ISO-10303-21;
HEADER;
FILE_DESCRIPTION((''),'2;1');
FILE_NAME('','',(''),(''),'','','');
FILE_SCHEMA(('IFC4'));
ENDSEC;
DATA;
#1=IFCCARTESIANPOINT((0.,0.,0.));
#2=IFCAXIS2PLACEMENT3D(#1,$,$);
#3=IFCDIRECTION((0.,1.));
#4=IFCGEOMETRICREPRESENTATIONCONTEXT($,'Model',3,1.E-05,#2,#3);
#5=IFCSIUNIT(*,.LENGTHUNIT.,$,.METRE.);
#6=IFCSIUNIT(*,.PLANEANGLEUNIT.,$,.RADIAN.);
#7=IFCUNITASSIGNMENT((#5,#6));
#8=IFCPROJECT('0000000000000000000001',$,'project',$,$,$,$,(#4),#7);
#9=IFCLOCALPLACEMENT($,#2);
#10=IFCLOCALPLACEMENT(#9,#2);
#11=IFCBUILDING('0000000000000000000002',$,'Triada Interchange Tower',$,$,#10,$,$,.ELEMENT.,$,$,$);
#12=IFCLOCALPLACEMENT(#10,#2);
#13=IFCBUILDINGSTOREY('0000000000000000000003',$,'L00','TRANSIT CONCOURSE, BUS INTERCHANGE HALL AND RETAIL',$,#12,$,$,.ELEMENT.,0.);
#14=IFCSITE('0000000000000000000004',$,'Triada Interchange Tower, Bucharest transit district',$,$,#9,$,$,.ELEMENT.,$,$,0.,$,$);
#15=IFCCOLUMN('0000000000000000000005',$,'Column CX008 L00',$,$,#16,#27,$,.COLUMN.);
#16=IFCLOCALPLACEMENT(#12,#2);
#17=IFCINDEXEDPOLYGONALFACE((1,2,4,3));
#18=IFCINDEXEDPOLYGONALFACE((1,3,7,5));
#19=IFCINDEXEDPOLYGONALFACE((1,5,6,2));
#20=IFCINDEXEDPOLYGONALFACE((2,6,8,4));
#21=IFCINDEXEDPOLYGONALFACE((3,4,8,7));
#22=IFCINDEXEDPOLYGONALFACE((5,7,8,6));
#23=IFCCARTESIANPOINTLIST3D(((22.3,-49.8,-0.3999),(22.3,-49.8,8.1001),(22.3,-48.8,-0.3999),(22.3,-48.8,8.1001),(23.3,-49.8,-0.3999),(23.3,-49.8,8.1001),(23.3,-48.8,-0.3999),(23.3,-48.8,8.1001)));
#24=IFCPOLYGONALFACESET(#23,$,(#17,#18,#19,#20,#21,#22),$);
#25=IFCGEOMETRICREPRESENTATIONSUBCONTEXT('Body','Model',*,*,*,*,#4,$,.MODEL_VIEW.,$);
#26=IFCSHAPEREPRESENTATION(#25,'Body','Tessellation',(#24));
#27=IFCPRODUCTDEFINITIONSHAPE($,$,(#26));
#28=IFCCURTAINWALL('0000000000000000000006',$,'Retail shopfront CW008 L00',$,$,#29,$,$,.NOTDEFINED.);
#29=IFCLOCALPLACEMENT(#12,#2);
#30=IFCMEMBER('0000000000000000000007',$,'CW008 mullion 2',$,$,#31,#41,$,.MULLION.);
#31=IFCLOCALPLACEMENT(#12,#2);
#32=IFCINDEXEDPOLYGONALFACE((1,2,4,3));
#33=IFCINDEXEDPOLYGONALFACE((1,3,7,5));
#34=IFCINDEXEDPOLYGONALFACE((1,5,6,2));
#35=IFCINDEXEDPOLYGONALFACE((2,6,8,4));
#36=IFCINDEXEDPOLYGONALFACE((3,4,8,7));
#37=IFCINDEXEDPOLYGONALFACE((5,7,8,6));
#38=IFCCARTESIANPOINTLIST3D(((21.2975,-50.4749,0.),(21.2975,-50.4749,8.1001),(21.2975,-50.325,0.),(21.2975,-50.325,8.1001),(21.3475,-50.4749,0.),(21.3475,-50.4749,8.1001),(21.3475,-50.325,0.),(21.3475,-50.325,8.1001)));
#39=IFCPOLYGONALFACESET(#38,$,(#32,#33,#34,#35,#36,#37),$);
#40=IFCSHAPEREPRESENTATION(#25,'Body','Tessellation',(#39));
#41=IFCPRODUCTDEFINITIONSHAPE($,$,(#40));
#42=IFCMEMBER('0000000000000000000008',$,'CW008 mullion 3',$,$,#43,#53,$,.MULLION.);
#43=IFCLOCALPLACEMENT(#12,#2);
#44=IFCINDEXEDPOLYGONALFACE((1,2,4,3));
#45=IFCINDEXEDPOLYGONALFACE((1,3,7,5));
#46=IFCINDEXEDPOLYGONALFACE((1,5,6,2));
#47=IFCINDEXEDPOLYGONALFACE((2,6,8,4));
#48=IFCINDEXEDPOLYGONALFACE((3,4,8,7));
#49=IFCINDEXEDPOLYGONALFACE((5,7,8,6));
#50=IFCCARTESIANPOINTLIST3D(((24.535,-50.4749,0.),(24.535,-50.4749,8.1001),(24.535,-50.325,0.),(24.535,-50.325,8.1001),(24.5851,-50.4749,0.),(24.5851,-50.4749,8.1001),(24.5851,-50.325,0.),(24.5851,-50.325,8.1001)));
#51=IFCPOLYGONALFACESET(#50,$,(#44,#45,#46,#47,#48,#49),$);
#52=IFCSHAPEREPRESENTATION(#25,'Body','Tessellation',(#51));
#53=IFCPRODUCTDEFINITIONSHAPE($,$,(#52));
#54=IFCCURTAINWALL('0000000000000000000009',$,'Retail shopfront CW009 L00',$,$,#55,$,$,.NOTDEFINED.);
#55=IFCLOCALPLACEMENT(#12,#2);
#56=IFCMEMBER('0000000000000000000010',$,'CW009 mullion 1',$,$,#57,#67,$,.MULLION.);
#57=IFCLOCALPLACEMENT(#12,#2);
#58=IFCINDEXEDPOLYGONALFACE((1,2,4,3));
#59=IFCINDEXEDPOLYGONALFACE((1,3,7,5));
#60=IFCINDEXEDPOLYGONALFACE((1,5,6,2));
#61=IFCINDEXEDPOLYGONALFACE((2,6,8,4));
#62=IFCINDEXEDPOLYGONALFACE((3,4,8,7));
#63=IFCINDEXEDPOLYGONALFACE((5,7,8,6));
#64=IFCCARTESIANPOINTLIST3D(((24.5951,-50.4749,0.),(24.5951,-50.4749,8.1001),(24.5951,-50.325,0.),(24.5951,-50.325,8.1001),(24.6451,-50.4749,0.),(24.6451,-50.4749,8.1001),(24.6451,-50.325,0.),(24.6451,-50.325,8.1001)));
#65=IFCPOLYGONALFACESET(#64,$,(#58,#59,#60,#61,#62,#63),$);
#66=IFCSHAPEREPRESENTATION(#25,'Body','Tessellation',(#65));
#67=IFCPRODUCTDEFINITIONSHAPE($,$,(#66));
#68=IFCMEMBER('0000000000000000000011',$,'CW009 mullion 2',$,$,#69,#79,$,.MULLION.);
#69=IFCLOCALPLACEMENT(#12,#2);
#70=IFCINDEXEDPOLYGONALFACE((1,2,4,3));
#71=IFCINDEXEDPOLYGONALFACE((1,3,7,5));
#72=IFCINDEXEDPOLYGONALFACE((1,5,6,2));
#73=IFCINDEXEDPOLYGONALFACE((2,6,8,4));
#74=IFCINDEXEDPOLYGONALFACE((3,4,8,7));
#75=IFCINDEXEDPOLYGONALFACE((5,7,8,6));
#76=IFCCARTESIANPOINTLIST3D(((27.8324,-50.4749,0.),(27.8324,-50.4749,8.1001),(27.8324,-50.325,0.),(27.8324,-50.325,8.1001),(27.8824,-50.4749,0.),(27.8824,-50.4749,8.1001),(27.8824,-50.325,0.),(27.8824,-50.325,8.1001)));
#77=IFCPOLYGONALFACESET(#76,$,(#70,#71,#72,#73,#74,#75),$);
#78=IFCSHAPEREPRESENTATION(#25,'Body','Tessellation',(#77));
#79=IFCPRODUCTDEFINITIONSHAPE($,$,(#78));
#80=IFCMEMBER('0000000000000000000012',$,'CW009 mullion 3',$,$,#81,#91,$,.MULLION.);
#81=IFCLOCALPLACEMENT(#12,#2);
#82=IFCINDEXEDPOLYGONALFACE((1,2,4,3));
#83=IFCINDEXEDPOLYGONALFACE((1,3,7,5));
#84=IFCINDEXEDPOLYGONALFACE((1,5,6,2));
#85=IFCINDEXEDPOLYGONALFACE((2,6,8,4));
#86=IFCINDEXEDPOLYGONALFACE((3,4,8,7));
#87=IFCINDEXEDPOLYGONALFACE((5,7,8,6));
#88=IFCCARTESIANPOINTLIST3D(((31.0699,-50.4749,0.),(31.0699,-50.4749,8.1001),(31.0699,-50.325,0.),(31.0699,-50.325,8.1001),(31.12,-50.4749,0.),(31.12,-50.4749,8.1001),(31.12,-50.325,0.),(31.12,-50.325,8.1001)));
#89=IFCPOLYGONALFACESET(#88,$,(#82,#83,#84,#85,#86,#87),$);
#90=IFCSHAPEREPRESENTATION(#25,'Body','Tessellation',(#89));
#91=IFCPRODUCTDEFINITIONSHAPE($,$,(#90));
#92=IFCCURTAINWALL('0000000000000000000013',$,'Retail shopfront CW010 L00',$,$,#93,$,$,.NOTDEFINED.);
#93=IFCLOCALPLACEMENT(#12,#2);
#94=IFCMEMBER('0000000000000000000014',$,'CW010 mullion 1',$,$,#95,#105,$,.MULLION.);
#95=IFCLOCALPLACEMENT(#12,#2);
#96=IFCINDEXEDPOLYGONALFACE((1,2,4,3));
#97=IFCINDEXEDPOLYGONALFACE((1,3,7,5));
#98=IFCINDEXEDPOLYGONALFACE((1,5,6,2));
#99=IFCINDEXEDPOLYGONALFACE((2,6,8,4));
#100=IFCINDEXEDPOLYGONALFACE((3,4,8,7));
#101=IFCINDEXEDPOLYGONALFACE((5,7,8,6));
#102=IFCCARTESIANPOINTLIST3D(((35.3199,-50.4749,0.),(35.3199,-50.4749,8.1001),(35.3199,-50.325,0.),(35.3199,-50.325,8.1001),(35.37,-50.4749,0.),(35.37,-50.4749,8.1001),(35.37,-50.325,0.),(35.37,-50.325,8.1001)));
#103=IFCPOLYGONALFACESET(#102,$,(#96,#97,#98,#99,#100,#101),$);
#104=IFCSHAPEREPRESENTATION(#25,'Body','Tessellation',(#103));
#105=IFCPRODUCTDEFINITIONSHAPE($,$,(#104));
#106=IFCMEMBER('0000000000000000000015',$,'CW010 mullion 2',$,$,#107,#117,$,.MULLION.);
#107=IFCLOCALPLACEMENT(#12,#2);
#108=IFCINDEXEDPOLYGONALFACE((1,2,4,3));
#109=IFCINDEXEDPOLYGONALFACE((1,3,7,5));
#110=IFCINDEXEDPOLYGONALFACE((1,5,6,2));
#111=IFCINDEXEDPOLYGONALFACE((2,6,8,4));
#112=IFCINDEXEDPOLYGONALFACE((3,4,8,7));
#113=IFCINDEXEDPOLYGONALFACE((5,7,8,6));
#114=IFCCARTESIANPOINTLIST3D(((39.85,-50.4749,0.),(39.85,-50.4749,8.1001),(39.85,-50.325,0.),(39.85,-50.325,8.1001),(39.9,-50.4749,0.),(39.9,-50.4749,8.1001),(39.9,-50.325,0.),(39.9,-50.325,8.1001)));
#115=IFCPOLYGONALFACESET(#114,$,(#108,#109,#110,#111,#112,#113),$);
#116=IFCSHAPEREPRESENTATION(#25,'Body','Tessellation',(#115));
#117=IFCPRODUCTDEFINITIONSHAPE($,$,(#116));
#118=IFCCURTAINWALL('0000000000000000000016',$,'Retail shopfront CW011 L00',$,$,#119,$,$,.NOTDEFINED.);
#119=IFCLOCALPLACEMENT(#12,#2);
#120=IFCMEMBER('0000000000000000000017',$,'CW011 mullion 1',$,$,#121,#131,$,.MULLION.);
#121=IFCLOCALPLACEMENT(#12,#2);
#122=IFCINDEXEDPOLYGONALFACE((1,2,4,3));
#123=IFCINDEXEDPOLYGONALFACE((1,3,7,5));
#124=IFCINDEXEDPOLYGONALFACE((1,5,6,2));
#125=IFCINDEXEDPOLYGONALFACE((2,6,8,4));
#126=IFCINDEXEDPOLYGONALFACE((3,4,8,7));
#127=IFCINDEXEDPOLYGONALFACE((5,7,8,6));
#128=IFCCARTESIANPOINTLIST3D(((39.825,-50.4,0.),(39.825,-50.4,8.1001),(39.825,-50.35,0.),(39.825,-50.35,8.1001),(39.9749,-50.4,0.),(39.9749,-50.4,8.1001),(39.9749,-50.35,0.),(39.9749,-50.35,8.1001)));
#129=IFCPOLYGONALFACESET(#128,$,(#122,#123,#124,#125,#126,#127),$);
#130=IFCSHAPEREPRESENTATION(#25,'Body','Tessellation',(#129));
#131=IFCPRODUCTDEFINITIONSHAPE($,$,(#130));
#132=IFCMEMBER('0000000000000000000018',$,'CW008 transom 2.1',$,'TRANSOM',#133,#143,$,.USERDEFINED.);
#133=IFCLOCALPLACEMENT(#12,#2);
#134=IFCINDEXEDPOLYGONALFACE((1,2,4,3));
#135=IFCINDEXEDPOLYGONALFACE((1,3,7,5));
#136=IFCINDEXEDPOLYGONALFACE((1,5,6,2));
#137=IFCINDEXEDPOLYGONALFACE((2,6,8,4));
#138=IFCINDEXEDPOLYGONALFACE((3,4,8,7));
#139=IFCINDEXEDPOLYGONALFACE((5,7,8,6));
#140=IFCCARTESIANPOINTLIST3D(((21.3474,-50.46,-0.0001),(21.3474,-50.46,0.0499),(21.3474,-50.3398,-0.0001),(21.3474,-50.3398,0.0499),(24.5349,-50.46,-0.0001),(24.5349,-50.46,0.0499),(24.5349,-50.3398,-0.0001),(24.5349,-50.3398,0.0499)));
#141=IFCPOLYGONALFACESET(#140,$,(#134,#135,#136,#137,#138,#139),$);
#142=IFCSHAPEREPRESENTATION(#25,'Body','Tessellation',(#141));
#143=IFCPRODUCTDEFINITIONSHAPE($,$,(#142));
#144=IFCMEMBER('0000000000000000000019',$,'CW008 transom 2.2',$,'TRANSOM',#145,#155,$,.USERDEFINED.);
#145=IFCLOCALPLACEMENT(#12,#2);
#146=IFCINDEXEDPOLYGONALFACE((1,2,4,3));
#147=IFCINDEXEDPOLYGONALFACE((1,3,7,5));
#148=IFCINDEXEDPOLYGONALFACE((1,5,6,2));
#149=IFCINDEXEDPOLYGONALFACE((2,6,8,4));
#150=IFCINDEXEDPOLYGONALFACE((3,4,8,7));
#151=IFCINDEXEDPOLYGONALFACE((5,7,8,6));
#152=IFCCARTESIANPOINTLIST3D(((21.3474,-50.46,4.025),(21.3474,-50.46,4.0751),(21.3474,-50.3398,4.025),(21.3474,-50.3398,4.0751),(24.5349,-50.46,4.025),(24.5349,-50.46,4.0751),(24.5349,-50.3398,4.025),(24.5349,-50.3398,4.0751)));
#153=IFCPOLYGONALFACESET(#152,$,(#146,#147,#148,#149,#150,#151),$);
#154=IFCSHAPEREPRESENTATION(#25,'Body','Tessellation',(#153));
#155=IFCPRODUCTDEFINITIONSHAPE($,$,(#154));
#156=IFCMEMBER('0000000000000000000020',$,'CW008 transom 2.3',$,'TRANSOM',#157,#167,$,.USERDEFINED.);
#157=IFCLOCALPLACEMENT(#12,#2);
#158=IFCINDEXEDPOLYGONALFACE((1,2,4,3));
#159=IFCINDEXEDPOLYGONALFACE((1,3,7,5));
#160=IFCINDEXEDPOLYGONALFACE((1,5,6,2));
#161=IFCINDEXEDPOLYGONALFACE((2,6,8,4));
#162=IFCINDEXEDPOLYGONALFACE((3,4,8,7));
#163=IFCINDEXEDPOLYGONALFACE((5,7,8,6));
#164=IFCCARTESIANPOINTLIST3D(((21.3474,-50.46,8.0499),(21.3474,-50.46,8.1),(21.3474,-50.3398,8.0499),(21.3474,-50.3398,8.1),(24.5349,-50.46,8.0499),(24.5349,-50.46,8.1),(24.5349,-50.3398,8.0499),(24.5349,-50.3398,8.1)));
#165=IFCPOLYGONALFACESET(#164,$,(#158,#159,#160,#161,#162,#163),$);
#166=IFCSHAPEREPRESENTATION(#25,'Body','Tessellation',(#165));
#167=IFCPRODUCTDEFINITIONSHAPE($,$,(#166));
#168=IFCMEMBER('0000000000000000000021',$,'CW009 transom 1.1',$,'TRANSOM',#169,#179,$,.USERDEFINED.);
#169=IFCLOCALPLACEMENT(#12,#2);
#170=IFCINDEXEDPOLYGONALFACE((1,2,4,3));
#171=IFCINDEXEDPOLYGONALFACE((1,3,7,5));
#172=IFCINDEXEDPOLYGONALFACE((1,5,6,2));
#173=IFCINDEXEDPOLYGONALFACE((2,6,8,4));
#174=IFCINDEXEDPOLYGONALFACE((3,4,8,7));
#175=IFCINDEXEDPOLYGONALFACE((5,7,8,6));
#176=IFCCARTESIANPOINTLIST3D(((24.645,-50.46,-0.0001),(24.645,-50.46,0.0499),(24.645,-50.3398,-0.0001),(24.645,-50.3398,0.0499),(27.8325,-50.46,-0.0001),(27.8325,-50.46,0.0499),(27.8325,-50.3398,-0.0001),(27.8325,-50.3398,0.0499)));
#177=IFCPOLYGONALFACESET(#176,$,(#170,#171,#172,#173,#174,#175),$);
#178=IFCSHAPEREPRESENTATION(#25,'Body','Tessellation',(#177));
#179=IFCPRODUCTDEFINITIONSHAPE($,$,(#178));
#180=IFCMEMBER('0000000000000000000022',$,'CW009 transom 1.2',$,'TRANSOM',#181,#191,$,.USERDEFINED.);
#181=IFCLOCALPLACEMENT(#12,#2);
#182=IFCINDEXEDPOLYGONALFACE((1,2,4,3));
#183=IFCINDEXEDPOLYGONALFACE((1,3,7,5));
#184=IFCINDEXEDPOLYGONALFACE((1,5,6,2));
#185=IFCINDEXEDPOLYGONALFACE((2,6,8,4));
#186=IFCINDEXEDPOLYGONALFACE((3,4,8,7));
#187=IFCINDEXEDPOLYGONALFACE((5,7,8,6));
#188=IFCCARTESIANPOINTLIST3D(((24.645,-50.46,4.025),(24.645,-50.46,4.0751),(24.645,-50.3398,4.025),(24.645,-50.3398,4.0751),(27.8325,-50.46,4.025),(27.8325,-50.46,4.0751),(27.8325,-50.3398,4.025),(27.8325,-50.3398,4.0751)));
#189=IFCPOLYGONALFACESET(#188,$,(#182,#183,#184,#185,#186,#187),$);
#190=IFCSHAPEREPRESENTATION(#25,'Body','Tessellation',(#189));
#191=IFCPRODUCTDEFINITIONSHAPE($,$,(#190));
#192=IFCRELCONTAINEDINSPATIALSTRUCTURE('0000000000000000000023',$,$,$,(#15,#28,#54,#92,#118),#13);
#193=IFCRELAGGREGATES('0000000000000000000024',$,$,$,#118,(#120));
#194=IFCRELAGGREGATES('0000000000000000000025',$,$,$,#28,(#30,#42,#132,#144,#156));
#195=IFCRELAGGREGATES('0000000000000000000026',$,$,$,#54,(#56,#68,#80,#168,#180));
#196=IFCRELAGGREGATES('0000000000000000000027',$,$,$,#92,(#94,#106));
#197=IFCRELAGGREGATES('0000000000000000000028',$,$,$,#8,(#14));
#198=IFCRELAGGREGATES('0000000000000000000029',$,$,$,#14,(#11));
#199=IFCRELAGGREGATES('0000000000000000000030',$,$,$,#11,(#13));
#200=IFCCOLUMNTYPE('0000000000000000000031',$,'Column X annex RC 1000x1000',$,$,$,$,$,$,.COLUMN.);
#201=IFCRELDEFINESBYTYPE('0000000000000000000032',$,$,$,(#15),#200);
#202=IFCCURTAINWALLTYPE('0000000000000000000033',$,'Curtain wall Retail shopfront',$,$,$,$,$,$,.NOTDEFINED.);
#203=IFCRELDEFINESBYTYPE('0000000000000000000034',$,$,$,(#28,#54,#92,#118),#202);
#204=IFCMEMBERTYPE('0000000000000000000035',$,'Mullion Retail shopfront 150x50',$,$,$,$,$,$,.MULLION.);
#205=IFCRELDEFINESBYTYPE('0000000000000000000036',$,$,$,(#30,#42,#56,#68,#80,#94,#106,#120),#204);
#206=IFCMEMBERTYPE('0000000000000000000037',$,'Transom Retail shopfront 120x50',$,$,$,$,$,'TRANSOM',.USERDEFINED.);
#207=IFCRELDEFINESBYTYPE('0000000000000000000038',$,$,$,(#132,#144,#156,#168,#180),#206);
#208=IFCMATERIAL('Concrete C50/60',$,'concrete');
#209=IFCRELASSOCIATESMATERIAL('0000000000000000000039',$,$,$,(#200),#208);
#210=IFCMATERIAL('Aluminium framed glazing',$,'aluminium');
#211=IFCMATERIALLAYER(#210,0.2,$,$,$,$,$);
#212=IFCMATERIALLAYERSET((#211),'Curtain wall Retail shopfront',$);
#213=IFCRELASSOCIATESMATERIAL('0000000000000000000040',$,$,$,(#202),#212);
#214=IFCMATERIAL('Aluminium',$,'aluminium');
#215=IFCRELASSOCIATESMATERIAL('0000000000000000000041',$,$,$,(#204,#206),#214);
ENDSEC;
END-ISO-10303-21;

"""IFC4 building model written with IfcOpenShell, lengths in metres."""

from ifc_helpers import new_model, si_unit, direction, frame, origin, origin_2d, place, context, subcontext, project, spatial, rectangle, extrude, material, layer, layer_set, material_profile, profile_set, type_object, element, aggregate, save


model = new_model("IFC4")

# Units and contexts
model_context = context("Model", 3, precision=1e-05, world=origin(), true_north=direction((0.0, 1.0)))
body_context = subcontext(model_context, "Body", "Model", "MODEL_VIEW")
ifc_project = project(units=[si_unit("LENGTHUNIT", "METRE"), si_unit("PLANEANGLEUNIT", "RADIAN")], contexts=[model_context])

# Site, building, storey
site_placement = place(None, origin())
site = spatial("IfcSite", under=ifc_project, at=site_placement, Name="Triada Interchange Tower, Bucharest transit district", CompositionType="ELEMENT", RefElevation=0.0)
building_placement = place(site_placement, origin())
building = spatial("IfcBuilding", under=site, at=building_placement, Name="Triada Interchange Tower", CompositionType="ELEMENT")
storey_placement = place(building_placement, origin())
storey = spatial("IfcBuildingStorey", under=building, at=storey_placement, Name="L00", Description="TRANSIT CONCOURSE, BUS INTERCHANGE HALL AND RETAIL", CompositionType="ELEMENT", Elevation=0.0)

# Column
ifc_material_1 = material(Name="Concrete C50/60", Category="concrete")
ifc_material_profile_1 = material_profile(ifc_material_1, rectangle(XDim=1.0, YDim=1.0, at=origin_2d()), Name="RC 1000x1000")
ifc_profile_set_1 = profile_set([ifc_material_profile_1], Name="Concrete C50/60")
column_type = type_object("IfcColumnType", Name="Column X annex RC 1000x1000", PredefinedType="COLUMN", material=ifc_profile_set_1)
column_placement = place(storey_placement, frame((22.8, -49.3, -0.3999), z_axis=(0.0, 0.0, 1.0), x_axis=(1.0, 0.0, 0.0)))
element("IfcColumn", 1, at=column_placement, inside=storey, type_object=column_type, Name="Column CX008 L00", PredefinedType="COLUMN", context=body_context, shape_type="SweptSolid", body=[
    extrude(rectangle(XDim=1.0, YDim=1.0, at=origin_2d()), origin(), (0.0, 0.0, 1.0), 8.5),
])

# Curtain walls, members
ifc_material_2 = material(Name="Aluminium framed glazing", Category="aluminium")
ifc_layer_1 = layer(ifc_material_2, 0.2)
ifc_layer_set_1 = layer_set([ifc_layer_1], Name="Curtain wall Retail shopfront")
curtain_wall_type = type_object("IfcCurtainWallType", Name="Curtain wall Retail shopfront", PredefinedType="NOTDEFINED", material=ifc_layer_set_1)
curtain_wall_1_placement = place(storey_placement, origin())
curtain_wall_1 = element("IfcCurtainWall", 2, at=curtain_wall_1_placement, inside=storey, type_object=curtain_wall_type, Name="Retail shopfront CW008 L00", PredefinedType="NOTDEFINED")
ifc_material_3 = material(Name="Aluminium", Category="aluminium")
ifc_material_profile_2 = material_profile(ifc_material_3, rectangle(XDim=0.1499, YDim=0.05, at=origin_2d()), Name="Aluminium mullion")
ifc_profile_set_2 = profile_set([ifc_material_profile_2], Name="Aluminium")
member_type_1 = type_object("IfcMemberType", Name="Mullion Retail shopfront 150x50", PredefinedType="MULLION", material=ifc_profile_set_2)
member_1_placement = place(storey_placement, frame((21.3225, -50.3999, 0.0), z_axis=(0.0, 0.0, 1.0), x_axis=(0.0, 1.0, 0.0)))
member_1 = element("IfcMember", 3, at=member_1_placement, type_object=member_type_1, Name="CW008 mullion 2", PredefinedType="MULLION", context=body_context, shape_type="SweptSolid", body=[
    extrude(rectangle(XDim=0.1499, YDim=0.05, at=origin_2d()), origin(), (0.0, 0.0, 1.0), 8.1001),
])
member_2_placement = place(storey_placement, frame((24.5601, -50.3999, 0.0), z_axis=(0.0, 0.0, 1.0), x_axis=(0.0, 1.0, 0.0)))
member_2 = element("IfcMember", 4, at=member_2_placement, type_object=member_type_1, Name="CW008 mullion 3", PredefinedType="MULLION", context=body_context, shape_type="SweptSolid", body=[
    extrude(rectangle(XDim=0.1499, YDim=0.05, at=origin_2d()), origin(), (0.0, 0.0, 1.0), 8.1001),
])
curtain_wall_2_placement = place(storey_placement, origin())
curtain_wall_2 = element("IfcCurtainWall", 5, at=curtain_wall_2_placement, inside=storey, type_object=curtain_wall_type, Name="Retail shopfront CW009 L00", PredefinedType="NOTDEFINED")
member_3_placement = place(storey_placement, frame((24.6201, -50.3999, 0.0), z_axis=(0.0, 0.0, 1.0), x_axis=(0.0, 1.0, 0.0)))
member_3 = element("IfcMember", 6, at=member_3_placement, type_object=member_type_1, Name="CW009 mullion 1", PredefinedType="MULLION", context=body_context, shape_type="SweptSolid", body=[
    extrude(rectangle(XDim=0.1499, YDim=0.05, at=origin_2d()), origin(), (0.0, 0.0, 1.0), 8.1001),
])
member_4_placement = place(storey_placement, frame((27.8574, -50.3999, 0.0), z_axis=(0.0, 0.0, 1.0), x_axis=(0.0, 1.0, 0.0)))
member_4 = element("IfcMember", 7, at=member_4_placement, type_object=member_type_1, Name="CW009 mullion 2", PredefinedType="MULLION", context=body_context, shape_type="SweptSolid", body=[
    extrude(rectangle(XDim=0.1499, YDim=0.05, at=origin_2d()), origin(), (0.0, 0.0, 1.0), 8.1001),
])
member_5_placement = place(storey_placement, frame((31.095, -50.3999, 0.0), z_axis=(0.0, 0.0, 1.0), x_axis=(0.0, 1.0, 0.0)))
member_5 = element("IfcMember", 8, at=member_5_placement, type_object=member_type_1, Name="CW009 mullion 3", PredefinedType="MULLION", context=body_context, shape_type="SweptSolid", body=[
    extrude(rectangle(XDim=0.1499, YDim=0.05, at=origin_2d()), origin(), (0.0, 0.0, 1.0), 8.1001),
])
curtain_wall_3_placement = place(storey_placement, origin())
curtain_wall_3 = element("IfcCurtainWall", 9, at=curtain_wall_3_placement, inside=storey, type_object=curtain_wall_type, Name="Retail shopfront CW010 L00", PredefinedType="NOTDEFINED")
member_6_placement = place(storey_placement, frame((35.345, -50.3999, 0.0), z_axis=(0.0, 0.0, 1.0), x_axis=(0.0, 1.0, 0.0)))
member_6 = element("IfcMember", 10, at=member_6_placement, type_object=member_type_1, Name="CW010 mullion 1", PredefinedType="MULLION", context=body_context, shape_type="SweptSolid", body=[
    extrude(rectangle(XDim=0.1499, YDim=0.05, at=origin_2d()), origin(), (0.0, 0.0, 1.0), 8.1001),
])
member_7_placement = place(storey_placement, frame((39.875, -50.3999, 0.0), z_axis=(0.0, 0.0, 1.0), x_axis=(0.0, 1.0, 0.0)))
member_7 = element("IfcMember", 11, at=member_7_placement, type_object=member_type_1, Name="CW010 mullion 2", PredefinedType="MULLION", context=body_context, shape_type="SweptSolid", body=[
    extrude(rectangle(XDim=0.1499, YDim=0.05, at=origin_2d()), origin(), (0.0, 0.0, 1.0), 8.1001),
])

# Curtain wall, member
curtain_wall_4_placement = place(storey_placement, origin())
curtain_wall_4 = element("IfcCurtainWall", 12, at=curtain_wall_4_placement, inside=storey, type_object=curtain_wall_type, Name="Retail shopfront CW011 L00", PredefinedType="NOTDEFINED")
member_8_placement = place(storey_placement, frame((39.8999, -50.375, 0.0), z_axis=(0.0, 0.0, 1.0), x_axis=(-1.0, 0.0, 0.0)))
member_8 = element("IfcMember", 13, at=member_8_placement, type_object=member_type_1, Name="CW011 mullion 1", PredefinedType="MULLION", context=body_context, shape_type="SweptSolid", body=[
    extrude(rectangle(XDim=0.1499, YDim=0.05, at=origin_2d()), origin(), (0.0, 0.0, 1.0), 8.1001),
])

# Members
ifc_material_profile_3 = material_profile(ifc_material_3, rectangle(XDim=0.1201, YDim=0.05, at=origin_2d()), Name="Aluminium transom")
ifc_profile_set_3 = profile_set([ifc_material_profile_3], Name="Aluminium")
member_type_2 = type_object("IfcMemberType", Name="Transom Retail shopfront 120x50", ElementType="TRANSOM", PredefinedType="USERDEFINED", material=ifc_profile_set_3)
member_9_placement = place(storey_placement, frame((21.3474, -50.3999, 0.0249), z_axis=(1.0, 0.0, 0.0), x_axis=(0.0, 1.0, 0.0)))
member_9 = element("IfcMember", 14, at=member_9_placement, type_object=member_type_2, Name="CW008 transom 2.1", ObjectType="TRANSOM", PredefinedType="USERDEFINED", context=body_context, shape_type="SweptSolid", body=[
    extrude(rectangle(XDim=0.1201, YDim=0.05, at=origin_2d()), origin(), (0.0, 0.0, 1.0), 3.1875),
])
member_10_placement = place(storey_placement, frame((21.3474, -50.3999, 4.05), z_axis=(1.0, 0.0, 0.0), x_axis=(0.0, 1.0, 0.0)))
member_10 = element("IfcMember", 15, at=member_10_placement, type_object=member_type_2, Name="CW008 transom 2.2", ObjectType="TRANSOM", PredefinedType="USERDEFINED", context=body_context, shape_type="SweptSolid", body=[
    extrude(rectangle(XDim=0.1201, YDim=0.05, at=origin_2d()), origin(), (0.0, 0.0, 1.0), 3.1875),
])
member_11_placement = place(storey_placement, frame((21.3474, -50.3999, 8.075), z_axis=(1.0, 0.0, 0.0), x_axis=(0.0, 1.0, 0.0)))
member_11 = element("IfcMember", 16, at=member_11_placement, type_object=member_type_2, Name="CW008 transom 2.3", ObjectType="TRANSOM", PredefinedType="USERDEFINED", context=body_context, shape_type="SweptSolid", body=[
    extrude(rectangle(XDim=0.1201, YDim=0.05, at=origin_2d()), origin(), (0.0, 0.0, 1.0), 3.1875),
])
member_12_placement = place(storey_placement, frame((24.645, -50.3999, 0.0249), z_axis=(1.0, 0.0, 0.0), x_axis=(0.0, 1.0, 0.0)))
member_12 = element("IfcMember", 17, at=member_12_placement, type_object=member_type_2, Name="CW009 transom 1.1", ObjectType="TRANSOM", PredefinedType="USERDEFINED", context=body_context, shape_type="SweptSolid", body=[
    extrude(rectangle(XDim=0.1201, YDim=0.05, at=origin_2d()), origin(), (0.0, 0.0, 1.0), 3.1875),
])
member_13_placement = place(storey_placement, frame((24.645, -50.3999, 4.05), z_axis=(1.0, 0.0, 0.0), x_axis=(0.0, 1.0, 0.0)))
member_13 = element("IfcMember", 18, at=member_13_placement, type_object=member_type_2, Name="CW009 transom 1.2", ObjectType="TRANSOM", PredefinedType="USERDEFINED", context=body_context, shape_type="SweptSolid", body=[
    extrude(rectangle(XDim=0.1201, YDim=0.05, at=origin_2d()), origin(), (0.0, 0.0, 1.0), 3.1875),
])
aggregate(curtain_wall_4, [member_8])

aggregate(curtain_wall_1, [member_1, member_2, member_9, member_10, member_11])
aggregate(curtain_wall_2, [member_3, member_4, member_5, member_12, member_13])
aggregate(curtain_wall_3, [member_6, member_7])

save(model, "model.ifc")
